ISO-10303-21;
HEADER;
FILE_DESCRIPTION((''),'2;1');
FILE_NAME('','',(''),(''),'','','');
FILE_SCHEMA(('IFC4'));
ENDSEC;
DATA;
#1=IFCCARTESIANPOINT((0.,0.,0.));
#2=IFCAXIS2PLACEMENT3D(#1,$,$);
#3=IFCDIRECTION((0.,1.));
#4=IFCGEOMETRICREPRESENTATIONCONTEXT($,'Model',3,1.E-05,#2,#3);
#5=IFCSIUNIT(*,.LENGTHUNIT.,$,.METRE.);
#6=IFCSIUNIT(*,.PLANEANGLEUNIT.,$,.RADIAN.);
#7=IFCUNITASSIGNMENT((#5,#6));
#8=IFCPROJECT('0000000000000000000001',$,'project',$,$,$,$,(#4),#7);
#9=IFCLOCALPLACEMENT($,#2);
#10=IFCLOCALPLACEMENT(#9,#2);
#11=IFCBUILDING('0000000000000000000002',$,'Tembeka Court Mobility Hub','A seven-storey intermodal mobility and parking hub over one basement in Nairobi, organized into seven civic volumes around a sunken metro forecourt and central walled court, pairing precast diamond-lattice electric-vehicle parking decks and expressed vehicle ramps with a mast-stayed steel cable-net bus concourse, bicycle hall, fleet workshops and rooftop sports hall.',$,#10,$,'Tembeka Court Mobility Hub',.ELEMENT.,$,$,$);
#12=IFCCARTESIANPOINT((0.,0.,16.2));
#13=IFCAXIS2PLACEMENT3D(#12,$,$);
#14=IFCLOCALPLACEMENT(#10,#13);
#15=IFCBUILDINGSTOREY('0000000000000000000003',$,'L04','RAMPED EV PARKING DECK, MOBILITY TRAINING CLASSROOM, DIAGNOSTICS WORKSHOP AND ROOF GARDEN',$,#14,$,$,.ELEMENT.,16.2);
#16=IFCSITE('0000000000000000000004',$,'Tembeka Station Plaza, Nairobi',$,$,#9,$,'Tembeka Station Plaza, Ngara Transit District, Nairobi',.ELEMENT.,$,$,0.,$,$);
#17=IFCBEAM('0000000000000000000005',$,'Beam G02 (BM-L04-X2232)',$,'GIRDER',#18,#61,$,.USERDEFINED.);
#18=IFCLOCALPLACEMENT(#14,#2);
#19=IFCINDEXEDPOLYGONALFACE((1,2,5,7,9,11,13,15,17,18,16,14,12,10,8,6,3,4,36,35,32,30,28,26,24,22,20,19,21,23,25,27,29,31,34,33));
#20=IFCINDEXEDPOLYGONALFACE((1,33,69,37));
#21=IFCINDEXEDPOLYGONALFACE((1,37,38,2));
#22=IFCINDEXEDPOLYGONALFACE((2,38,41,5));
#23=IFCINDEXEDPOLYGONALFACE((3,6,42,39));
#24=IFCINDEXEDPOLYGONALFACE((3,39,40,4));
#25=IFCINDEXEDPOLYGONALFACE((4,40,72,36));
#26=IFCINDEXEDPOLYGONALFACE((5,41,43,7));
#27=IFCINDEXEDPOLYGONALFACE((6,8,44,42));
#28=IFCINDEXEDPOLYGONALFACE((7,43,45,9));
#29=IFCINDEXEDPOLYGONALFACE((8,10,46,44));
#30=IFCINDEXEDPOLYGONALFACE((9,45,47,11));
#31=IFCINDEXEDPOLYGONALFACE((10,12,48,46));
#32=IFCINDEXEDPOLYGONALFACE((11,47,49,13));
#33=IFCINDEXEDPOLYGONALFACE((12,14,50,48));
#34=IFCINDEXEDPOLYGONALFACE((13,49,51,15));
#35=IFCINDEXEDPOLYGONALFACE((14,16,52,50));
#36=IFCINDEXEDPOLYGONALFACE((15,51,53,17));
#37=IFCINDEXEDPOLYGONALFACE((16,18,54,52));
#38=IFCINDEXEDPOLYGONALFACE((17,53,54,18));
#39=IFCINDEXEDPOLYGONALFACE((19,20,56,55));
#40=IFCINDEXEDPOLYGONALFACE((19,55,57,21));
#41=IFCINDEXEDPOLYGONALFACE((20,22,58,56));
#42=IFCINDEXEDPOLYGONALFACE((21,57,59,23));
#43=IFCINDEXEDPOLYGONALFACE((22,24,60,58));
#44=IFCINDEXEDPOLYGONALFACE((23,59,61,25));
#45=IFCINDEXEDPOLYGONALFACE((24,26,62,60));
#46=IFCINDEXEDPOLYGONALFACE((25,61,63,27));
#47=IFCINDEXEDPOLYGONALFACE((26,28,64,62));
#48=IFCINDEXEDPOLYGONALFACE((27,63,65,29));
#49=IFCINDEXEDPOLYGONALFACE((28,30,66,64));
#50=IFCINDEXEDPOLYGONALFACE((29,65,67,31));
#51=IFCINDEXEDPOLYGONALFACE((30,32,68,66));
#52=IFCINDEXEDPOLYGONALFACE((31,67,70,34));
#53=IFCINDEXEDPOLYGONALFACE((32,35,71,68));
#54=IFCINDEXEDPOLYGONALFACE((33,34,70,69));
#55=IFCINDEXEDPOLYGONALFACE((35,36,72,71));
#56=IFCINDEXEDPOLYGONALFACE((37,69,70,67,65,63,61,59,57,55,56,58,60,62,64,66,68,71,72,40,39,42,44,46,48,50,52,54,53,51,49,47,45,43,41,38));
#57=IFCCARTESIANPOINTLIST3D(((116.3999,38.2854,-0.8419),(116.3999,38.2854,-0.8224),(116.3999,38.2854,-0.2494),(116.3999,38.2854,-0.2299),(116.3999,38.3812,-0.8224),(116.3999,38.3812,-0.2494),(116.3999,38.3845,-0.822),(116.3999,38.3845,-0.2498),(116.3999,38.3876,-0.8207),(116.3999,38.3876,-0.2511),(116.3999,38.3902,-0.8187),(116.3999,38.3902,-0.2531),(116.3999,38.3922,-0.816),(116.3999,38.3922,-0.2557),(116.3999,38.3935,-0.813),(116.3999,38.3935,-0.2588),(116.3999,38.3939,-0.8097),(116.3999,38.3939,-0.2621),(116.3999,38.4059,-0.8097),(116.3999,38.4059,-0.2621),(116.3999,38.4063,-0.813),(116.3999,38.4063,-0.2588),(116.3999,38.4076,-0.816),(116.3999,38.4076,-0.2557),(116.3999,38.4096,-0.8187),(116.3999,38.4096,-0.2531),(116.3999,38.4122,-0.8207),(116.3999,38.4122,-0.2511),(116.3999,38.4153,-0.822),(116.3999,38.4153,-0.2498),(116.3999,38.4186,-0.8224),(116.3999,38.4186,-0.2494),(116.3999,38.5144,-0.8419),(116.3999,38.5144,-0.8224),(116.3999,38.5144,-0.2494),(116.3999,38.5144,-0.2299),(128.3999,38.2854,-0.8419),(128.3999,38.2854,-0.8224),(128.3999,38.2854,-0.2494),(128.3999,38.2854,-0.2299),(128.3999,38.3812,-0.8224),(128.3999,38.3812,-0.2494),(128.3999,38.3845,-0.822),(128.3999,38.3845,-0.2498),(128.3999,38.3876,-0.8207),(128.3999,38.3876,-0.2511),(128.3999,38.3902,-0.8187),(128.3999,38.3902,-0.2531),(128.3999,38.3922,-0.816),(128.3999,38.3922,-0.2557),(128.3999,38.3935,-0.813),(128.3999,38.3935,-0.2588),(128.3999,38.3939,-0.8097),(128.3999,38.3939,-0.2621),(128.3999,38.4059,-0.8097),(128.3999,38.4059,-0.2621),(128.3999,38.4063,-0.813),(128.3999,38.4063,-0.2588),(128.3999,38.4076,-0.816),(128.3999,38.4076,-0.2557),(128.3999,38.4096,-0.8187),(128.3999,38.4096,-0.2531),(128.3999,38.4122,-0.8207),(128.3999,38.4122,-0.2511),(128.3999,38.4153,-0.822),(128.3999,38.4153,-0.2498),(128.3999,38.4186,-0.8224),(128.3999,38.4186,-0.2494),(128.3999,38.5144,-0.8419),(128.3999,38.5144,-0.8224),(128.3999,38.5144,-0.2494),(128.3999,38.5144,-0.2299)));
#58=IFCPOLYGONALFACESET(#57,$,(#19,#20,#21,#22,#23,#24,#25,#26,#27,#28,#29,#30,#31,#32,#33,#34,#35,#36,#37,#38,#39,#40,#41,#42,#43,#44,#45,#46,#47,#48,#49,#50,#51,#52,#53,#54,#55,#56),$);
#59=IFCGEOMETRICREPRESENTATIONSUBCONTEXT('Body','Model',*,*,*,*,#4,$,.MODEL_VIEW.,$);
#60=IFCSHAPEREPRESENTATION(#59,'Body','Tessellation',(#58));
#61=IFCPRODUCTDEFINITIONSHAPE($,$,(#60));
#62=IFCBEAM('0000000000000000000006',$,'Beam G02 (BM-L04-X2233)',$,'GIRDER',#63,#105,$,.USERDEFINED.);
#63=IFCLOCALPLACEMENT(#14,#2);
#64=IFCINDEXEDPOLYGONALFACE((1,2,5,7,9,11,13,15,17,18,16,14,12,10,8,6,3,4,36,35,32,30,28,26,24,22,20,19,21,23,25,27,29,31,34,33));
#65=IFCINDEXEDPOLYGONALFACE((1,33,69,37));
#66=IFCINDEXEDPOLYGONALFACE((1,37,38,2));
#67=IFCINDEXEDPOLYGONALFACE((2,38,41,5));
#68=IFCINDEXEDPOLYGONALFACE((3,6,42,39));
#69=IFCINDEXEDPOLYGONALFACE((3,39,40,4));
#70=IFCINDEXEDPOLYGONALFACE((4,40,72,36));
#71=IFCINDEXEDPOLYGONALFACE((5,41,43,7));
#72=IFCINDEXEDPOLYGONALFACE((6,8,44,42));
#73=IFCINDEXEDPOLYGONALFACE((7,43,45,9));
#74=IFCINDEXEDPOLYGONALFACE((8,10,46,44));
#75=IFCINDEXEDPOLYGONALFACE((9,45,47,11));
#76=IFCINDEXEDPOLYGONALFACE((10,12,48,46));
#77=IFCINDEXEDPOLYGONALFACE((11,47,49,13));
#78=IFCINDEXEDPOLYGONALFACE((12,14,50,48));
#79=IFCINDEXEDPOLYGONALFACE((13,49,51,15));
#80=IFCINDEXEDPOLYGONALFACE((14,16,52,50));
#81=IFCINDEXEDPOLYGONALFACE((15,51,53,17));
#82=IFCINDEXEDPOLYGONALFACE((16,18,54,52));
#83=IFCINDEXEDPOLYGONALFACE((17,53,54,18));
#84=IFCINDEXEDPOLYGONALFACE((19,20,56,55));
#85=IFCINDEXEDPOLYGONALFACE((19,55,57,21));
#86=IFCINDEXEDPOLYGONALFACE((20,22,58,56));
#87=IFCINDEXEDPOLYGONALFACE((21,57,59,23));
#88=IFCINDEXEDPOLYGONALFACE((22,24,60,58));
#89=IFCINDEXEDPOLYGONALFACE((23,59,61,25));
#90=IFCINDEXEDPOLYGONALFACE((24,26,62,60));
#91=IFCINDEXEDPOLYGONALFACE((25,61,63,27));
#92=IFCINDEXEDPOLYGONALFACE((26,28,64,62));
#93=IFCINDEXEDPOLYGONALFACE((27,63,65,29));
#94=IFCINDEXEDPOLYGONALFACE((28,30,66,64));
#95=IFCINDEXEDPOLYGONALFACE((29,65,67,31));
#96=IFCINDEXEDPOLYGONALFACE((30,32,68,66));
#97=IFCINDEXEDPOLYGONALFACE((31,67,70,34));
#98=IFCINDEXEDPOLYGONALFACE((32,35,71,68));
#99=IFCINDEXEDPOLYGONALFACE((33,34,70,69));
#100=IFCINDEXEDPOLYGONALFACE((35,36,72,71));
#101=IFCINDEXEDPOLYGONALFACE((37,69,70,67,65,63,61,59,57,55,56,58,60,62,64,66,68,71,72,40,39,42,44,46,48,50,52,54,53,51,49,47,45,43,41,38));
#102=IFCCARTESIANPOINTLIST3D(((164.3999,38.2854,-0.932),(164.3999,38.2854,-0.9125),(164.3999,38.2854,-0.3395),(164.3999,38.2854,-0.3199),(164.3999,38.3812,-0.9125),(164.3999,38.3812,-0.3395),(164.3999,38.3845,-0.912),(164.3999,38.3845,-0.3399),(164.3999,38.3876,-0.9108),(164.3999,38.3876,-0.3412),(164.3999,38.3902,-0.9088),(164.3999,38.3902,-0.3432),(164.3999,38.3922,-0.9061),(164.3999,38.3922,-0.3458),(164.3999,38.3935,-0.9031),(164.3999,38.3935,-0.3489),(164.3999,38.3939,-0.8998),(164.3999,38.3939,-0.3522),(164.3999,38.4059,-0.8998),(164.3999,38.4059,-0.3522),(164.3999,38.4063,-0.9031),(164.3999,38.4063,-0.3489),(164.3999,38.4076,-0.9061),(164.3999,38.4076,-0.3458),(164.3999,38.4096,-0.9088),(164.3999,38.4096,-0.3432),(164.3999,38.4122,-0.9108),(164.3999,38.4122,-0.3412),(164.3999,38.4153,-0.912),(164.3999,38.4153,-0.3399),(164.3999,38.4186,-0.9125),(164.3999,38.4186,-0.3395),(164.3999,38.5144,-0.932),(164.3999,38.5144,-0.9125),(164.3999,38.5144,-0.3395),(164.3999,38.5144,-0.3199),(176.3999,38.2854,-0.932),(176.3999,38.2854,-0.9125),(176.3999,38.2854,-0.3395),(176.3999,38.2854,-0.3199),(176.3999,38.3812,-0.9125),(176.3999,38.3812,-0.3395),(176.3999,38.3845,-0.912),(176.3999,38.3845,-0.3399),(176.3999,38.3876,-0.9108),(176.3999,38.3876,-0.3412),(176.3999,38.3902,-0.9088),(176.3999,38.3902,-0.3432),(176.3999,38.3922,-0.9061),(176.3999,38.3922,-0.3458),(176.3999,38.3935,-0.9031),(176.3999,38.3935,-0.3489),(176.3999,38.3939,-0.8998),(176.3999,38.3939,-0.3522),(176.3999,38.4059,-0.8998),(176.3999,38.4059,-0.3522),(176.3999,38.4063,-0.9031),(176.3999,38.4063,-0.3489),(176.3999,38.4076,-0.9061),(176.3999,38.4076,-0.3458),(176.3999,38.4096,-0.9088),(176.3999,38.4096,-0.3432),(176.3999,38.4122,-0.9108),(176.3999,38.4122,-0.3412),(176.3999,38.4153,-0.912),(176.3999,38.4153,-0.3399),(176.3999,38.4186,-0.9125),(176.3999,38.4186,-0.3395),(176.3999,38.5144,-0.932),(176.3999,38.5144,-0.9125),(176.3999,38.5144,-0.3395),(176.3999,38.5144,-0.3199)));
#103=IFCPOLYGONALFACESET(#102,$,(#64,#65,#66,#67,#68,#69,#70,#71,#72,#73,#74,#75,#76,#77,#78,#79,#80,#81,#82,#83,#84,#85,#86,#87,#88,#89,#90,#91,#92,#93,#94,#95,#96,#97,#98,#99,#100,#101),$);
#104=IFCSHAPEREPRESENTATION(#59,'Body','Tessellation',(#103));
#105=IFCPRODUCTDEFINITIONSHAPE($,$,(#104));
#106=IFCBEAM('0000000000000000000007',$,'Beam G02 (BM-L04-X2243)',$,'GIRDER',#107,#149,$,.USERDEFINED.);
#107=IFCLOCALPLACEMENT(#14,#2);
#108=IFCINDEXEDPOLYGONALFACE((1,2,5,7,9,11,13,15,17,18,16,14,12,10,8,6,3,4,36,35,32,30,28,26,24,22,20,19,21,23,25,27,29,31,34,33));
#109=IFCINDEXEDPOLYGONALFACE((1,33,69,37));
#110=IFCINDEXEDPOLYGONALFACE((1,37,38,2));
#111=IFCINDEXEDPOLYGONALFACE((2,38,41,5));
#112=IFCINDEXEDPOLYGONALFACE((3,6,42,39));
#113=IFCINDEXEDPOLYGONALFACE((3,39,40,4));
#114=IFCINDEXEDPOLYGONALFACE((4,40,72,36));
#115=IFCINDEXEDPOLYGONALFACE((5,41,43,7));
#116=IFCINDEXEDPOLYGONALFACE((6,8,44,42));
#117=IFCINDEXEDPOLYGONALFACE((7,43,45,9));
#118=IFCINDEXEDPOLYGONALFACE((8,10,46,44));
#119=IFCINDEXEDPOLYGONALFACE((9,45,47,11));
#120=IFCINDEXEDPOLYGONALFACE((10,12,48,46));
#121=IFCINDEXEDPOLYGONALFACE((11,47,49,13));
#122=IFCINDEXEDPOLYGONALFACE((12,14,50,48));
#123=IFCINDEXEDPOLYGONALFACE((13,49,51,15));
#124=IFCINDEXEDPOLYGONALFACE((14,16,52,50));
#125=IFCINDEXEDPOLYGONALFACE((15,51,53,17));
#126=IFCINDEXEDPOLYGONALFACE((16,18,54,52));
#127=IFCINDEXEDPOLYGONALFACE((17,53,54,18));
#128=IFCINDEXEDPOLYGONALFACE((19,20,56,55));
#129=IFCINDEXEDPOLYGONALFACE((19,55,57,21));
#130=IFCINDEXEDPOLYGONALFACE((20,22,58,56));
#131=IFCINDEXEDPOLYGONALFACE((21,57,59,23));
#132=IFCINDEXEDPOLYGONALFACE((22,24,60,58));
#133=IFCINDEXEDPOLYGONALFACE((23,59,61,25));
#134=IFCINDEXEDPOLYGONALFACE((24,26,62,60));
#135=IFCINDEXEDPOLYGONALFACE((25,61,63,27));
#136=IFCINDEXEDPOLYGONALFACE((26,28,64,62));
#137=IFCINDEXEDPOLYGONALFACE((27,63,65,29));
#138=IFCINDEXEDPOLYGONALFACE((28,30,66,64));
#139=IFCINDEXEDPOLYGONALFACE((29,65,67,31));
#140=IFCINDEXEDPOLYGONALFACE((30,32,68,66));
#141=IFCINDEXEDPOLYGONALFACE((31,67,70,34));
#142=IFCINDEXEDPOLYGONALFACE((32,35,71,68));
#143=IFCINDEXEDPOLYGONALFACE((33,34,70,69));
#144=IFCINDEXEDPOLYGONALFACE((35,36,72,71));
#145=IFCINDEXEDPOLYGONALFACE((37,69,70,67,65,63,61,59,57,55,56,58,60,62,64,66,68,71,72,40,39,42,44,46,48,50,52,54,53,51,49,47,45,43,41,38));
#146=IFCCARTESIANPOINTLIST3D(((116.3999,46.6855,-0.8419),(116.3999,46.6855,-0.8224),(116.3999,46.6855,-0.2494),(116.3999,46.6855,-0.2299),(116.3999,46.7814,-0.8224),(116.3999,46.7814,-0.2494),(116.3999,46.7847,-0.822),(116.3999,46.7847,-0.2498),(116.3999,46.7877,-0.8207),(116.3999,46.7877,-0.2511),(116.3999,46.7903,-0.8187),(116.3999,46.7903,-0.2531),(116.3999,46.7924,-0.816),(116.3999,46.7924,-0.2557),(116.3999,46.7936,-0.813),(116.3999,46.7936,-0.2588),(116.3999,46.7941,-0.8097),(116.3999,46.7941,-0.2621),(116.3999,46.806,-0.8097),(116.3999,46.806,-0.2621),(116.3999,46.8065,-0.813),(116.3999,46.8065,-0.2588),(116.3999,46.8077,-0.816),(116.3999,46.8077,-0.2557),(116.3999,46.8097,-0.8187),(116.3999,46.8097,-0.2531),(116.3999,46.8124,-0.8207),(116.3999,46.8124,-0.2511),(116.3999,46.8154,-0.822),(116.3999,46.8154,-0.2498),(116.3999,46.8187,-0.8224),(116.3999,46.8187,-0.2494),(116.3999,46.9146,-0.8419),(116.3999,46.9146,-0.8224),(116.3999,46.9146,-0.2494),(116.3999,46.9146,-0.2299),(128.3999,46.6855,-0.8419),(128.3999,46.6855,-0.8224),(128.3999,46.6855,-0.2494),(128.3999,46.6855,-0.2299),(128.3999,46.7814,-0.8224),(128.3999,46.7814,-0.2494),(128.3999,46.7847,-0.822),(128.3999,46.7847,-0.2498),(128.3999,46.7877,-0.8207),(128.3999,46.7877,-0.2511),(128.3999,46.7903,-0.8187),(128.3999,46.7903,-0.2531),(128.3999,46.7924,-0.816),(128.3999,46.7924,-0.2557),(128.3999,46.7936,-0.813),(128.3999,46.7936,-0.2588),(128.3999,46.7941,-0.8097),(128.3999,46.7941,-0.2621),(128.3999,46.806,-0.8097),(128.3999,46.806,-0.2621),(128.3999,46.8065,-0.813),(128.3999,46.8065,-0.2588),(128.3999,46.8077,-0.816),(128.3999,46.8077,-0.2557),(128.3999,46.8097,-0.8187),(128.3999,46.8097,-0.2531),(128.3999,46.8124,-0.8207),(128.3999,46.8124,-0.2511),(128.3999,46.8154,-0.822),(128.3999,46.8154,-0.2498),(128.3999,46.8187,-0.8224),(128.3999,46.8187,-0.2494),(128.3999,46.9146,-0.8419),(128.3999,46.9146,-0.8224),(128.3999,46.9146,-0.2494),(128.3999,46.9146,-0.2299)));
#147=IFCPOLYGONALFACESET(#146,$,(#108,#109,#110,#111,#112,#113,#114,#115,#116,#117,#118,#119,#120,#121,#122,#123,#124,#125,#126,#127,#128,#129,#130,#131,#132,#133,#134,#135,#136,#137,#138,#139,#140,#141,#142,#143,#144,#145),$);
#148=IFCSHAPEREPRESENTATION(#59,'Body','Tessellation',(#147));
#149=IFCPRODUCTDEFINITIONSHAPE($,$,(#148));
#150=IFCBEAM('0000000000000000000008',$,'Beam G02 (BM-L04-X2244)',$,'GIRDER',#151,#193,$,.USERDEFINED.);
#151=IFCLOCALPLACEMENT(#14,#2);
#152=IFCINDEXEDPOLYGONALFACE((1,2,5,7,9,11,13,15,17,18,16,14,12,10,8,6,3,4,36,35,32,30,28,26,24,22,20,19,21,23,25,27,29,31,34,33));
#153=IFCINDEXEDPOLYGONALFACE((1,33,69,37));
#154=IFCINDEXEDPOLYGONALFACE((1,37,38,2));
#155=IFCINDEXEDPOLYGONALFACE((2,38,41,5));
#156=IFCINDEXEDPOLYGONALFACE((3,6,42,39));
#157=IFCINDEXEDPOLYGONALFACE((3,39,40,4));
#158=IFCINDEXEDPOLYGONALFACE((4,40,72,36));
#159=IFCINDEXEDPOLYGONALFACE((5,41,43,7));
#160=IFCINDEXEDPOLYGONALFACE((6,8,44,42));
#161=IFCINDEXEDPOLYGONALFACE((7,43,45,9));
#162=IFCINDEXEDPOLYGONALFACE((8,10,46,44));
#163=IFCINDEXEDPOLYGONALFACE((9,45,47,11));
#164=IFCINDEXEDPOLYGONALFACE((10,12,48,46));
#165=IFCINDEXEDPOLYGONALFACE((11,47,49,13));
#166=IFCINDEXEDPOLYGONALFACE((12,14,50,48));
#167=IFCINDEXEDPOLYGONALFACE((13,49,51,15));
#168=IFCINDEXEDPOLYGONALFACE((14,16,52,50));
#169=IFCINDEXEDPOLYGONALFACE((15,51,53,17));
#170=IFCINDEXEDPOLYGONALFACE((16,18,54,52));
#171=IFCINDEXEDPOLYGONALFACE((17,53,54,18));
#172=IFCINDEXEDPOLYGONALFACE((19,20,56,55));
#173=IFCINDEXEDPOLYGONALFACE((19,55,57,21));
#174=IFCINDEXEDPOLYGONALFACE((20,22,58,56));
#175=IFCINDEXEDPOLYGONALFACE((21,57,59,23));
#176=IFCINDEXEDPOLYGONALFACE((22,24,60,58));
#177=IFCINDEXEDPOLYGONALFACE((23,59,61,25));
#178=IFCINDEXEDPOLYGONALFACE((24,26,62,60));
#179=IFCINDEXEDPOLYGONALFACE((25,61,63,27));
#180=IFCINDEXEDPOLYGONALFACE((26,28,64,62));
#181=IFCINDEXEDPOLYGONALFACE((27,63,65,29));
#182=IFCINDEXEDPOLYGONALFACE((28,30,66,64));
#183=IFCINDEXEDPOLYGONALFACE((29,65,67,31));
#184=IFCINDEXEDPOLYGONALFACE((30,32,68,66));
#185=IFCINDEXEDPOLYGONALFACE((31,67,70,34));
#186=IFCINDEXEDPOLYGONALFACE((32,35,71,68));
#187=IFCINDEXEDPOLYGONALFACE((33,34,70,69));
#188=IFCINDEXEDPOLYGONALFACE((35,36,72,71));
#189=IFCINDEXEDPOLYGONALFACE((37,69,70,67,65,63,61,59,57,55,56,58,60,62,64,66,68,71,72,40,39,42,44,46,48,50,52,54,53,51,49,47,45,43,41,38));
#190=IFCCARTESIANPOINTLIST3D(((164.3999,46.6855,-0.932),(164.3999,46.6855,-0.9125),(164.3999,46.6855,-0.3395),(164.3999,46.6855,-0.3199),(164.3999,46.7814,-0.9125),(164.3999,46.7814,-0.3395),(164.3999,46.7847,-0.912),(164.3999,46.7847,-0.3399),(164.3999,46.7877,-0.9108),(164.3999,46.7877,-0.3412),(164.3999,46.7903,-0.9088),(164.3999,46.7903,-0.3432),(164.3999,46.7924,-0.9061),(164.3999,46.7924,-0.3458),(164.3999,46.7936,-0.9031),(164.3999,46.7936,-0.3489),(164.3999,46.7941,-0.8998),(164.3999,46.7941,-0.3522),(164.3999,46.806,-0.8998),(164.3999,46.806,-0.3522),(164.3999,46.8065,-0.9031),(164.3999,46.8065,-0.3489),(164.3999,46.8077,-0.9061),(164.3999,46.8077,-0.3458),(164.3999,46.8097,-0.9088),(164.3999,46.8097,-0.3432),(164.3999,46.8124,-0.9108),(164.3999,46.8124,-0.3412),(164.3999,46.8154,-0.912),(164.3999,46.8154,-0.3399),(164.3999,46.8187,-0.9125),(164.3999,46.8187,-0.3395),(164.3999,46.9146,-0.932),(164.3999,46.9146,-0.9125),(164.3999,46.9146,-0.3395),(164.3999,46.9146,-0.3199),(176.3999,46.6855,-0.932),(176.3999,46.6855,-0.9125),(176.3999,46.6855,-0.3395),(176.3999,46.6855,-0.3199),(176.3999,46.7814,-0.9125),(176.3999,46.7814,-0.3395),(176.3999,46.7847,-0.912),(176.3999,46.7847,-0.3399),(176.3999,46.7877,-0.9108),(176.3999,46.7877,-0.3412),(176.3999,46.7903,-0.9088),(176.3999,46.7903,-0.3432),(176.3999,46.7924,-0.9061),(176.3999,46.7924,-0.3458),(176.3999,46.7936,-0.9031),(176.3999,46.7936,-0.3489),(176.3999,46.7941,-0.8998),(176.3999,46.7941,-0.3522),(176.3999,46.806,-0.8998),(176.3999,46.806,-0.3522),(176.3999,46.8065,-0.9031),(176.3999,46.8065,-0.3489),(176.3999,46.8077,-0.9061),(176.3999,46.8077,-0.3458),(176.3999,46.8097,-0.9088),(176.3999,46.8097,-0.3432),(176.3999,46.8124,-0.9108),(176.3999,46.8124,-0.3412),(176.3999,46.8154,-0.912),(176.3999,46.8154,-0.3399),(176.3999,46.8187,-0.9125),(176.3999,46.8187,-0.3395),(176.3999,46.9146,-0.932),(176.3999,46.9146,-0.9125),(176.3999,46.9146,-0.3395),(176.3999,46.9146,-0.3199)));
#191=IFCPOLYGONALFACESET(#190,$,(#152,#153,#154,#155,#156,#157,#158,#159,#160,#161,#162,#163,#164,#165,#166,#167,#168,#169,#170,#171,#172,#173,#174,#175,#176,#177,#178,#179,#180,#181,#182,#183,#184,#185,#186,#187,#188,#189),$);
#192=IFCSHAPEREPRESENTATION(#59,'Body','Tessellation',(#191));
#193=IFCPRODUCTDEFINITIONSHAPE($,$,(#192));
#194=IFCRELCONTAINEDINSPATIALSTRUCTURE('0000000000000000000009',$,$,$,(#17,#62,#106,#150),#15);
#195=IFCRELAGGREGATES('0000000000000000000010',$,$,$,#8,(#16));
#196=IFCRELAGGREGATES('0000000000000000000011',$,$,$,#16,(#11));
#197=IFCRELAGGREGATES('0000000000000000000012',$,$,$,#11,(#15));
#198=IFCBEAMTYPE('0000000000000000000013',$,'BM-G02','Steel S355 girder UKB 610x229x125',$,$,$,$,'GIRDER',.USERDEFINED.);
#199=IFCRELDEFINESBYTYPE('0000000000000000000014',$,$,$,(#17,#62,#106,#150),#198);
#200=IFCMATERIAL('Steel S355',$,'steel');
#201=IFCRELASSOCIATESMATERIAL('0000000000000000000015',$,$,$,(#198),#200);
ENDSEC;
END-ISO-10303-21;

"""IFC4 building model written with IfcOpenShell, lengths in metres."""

from ifc_helpers import new_model, si_unit, direction, frame, origin, origin_2d, place, context, subcontext, project, spatial, i_section, extrude, material, material_profile, profile_set, type_object, element, save


model = new_model("IFC4")

# Units and contexts
model_context = context("Model", 3, precision=1e-05, world=origin(), true_north=direction((0.0, 1.0)))
body_context = subcontext(model_context, "Body", "Model", "MODEL_VIEW")
ifc_project = project(units=[si_unit("LENGTHUNIT", "METRE"), si_unit("PLANEANGLEUNIT", "RADIAN")], contexts=[model_context])

# Site, building, storey
site_placement = place(None, origin())
site = spatial("IfcSite", under=ifc_project, at=site_placement, Name="Tembeka Station Plaza, Nairobi", LongName="Tembeka Station Plaza, Ngara Transit District, Nairobi", CompositionType="ELEMENT", RefElevation=0.0)
building_placement = place(site_placement, origin())
building = spatial("IfcBuilding", under=site, at=building_placement, Name="Tembeka Court Mobility Hub", Description="A seven-storey intermodal mobility and parking hub over one basement in Nairobi, organized into seven civic volumes around a sunken metro forecourt and central walled court, pairing precast diamond-lattice electric-vehicle parking decks and expressed vehicle ramps with a mast-stayed steel cable-net bus concourse, bicycle hall, fleet workshops and rooftop sports hall.", LongName="Tembeka Court Mobility Hub", CompositionType="ELEMENT")
storey_placement = place(building_placement, frame((0.0, 0.0, 16.2)))
storey = spatial("IfcBuildingStorey", under=building, at=storey_placement, Name="L04", Description="RAMPED EV PARKING DECK, MOBILITY TRAINING CLASSROOM, DIAGNOSTICS WORKSHOP AND ROOF GARDEN", CompositionType="ELEMENT", Elevation=16.2)

# Beams
ifc_material_1 = material(Name="Steel S355", Category="steel")
ifc_material_profile_1 = material_profile(ifc_material_1, i_section(OverallWidth=0.229, OverallDepth=0.6121, WebThickness=0.012, FlangeThickness=0.0195, FilletRadius=0.0127, at=origin_2d()), Name="UKB 610x229x125")
ifc_profile_set_1 = profile_set([ifc_material_profile_1], Name="Steel S355")
beam_type_1 = type_object("IfcBeamType", Name="BM-G02", Description="Steel S355 girder UKB 610x229x125", ElementType="GIRDER", PredefinedType="USERDEFINED", material=ifc_profile_set_1)
for number, where, z_axis, x_axis, name in (
    (1, (116.3999, 38.3999, -0.5359), (1.0, 0.0, 0.0), (0.0, 1.0, 0.0), "Beam G02 (BM-L04-X2232)"),
    (2, (164.3999, 38.3999, -0.626), (1.0, 0.0, 0.0), (0.0, 1.0, 0.0), "Beam G02 (BM-L04-X2233)"),
    (3, (116.3999, 46.8, -0.5359), (1.0, 0.0, 0.0), (0.0, 1.0, 0.0), "Beam G02 (BM-L04-X2243)"),
    (4, (164.3999, 46.8, -0.626), (1.0, 0.0, 0.0), (0.0, 1.0, 0.0), "Beam G02 (BM-L04-X2244)"),
):
    element("IfcBeam", number, at=place(storey_placement, frame(where, z_axis=z_axis, x_axis=x_axis)), inside=storey, type_object=beam_type_1, Name=name, ObjectType="GIRDER", PredefinedType="USERDEFINED", context=body_context, shape_type="SweptSolid", body=[
        extrude(i_section(OverallWidth=0.229, OverallDepth=0.6121, WebThickness=0.012, FlangeThickness=0.0195, FilletRadius=0.0127, at=origin_2d()), origin(), (0.0, 0.0, 1.0), 12.0),
    ])

save(model, "model.ifc")
